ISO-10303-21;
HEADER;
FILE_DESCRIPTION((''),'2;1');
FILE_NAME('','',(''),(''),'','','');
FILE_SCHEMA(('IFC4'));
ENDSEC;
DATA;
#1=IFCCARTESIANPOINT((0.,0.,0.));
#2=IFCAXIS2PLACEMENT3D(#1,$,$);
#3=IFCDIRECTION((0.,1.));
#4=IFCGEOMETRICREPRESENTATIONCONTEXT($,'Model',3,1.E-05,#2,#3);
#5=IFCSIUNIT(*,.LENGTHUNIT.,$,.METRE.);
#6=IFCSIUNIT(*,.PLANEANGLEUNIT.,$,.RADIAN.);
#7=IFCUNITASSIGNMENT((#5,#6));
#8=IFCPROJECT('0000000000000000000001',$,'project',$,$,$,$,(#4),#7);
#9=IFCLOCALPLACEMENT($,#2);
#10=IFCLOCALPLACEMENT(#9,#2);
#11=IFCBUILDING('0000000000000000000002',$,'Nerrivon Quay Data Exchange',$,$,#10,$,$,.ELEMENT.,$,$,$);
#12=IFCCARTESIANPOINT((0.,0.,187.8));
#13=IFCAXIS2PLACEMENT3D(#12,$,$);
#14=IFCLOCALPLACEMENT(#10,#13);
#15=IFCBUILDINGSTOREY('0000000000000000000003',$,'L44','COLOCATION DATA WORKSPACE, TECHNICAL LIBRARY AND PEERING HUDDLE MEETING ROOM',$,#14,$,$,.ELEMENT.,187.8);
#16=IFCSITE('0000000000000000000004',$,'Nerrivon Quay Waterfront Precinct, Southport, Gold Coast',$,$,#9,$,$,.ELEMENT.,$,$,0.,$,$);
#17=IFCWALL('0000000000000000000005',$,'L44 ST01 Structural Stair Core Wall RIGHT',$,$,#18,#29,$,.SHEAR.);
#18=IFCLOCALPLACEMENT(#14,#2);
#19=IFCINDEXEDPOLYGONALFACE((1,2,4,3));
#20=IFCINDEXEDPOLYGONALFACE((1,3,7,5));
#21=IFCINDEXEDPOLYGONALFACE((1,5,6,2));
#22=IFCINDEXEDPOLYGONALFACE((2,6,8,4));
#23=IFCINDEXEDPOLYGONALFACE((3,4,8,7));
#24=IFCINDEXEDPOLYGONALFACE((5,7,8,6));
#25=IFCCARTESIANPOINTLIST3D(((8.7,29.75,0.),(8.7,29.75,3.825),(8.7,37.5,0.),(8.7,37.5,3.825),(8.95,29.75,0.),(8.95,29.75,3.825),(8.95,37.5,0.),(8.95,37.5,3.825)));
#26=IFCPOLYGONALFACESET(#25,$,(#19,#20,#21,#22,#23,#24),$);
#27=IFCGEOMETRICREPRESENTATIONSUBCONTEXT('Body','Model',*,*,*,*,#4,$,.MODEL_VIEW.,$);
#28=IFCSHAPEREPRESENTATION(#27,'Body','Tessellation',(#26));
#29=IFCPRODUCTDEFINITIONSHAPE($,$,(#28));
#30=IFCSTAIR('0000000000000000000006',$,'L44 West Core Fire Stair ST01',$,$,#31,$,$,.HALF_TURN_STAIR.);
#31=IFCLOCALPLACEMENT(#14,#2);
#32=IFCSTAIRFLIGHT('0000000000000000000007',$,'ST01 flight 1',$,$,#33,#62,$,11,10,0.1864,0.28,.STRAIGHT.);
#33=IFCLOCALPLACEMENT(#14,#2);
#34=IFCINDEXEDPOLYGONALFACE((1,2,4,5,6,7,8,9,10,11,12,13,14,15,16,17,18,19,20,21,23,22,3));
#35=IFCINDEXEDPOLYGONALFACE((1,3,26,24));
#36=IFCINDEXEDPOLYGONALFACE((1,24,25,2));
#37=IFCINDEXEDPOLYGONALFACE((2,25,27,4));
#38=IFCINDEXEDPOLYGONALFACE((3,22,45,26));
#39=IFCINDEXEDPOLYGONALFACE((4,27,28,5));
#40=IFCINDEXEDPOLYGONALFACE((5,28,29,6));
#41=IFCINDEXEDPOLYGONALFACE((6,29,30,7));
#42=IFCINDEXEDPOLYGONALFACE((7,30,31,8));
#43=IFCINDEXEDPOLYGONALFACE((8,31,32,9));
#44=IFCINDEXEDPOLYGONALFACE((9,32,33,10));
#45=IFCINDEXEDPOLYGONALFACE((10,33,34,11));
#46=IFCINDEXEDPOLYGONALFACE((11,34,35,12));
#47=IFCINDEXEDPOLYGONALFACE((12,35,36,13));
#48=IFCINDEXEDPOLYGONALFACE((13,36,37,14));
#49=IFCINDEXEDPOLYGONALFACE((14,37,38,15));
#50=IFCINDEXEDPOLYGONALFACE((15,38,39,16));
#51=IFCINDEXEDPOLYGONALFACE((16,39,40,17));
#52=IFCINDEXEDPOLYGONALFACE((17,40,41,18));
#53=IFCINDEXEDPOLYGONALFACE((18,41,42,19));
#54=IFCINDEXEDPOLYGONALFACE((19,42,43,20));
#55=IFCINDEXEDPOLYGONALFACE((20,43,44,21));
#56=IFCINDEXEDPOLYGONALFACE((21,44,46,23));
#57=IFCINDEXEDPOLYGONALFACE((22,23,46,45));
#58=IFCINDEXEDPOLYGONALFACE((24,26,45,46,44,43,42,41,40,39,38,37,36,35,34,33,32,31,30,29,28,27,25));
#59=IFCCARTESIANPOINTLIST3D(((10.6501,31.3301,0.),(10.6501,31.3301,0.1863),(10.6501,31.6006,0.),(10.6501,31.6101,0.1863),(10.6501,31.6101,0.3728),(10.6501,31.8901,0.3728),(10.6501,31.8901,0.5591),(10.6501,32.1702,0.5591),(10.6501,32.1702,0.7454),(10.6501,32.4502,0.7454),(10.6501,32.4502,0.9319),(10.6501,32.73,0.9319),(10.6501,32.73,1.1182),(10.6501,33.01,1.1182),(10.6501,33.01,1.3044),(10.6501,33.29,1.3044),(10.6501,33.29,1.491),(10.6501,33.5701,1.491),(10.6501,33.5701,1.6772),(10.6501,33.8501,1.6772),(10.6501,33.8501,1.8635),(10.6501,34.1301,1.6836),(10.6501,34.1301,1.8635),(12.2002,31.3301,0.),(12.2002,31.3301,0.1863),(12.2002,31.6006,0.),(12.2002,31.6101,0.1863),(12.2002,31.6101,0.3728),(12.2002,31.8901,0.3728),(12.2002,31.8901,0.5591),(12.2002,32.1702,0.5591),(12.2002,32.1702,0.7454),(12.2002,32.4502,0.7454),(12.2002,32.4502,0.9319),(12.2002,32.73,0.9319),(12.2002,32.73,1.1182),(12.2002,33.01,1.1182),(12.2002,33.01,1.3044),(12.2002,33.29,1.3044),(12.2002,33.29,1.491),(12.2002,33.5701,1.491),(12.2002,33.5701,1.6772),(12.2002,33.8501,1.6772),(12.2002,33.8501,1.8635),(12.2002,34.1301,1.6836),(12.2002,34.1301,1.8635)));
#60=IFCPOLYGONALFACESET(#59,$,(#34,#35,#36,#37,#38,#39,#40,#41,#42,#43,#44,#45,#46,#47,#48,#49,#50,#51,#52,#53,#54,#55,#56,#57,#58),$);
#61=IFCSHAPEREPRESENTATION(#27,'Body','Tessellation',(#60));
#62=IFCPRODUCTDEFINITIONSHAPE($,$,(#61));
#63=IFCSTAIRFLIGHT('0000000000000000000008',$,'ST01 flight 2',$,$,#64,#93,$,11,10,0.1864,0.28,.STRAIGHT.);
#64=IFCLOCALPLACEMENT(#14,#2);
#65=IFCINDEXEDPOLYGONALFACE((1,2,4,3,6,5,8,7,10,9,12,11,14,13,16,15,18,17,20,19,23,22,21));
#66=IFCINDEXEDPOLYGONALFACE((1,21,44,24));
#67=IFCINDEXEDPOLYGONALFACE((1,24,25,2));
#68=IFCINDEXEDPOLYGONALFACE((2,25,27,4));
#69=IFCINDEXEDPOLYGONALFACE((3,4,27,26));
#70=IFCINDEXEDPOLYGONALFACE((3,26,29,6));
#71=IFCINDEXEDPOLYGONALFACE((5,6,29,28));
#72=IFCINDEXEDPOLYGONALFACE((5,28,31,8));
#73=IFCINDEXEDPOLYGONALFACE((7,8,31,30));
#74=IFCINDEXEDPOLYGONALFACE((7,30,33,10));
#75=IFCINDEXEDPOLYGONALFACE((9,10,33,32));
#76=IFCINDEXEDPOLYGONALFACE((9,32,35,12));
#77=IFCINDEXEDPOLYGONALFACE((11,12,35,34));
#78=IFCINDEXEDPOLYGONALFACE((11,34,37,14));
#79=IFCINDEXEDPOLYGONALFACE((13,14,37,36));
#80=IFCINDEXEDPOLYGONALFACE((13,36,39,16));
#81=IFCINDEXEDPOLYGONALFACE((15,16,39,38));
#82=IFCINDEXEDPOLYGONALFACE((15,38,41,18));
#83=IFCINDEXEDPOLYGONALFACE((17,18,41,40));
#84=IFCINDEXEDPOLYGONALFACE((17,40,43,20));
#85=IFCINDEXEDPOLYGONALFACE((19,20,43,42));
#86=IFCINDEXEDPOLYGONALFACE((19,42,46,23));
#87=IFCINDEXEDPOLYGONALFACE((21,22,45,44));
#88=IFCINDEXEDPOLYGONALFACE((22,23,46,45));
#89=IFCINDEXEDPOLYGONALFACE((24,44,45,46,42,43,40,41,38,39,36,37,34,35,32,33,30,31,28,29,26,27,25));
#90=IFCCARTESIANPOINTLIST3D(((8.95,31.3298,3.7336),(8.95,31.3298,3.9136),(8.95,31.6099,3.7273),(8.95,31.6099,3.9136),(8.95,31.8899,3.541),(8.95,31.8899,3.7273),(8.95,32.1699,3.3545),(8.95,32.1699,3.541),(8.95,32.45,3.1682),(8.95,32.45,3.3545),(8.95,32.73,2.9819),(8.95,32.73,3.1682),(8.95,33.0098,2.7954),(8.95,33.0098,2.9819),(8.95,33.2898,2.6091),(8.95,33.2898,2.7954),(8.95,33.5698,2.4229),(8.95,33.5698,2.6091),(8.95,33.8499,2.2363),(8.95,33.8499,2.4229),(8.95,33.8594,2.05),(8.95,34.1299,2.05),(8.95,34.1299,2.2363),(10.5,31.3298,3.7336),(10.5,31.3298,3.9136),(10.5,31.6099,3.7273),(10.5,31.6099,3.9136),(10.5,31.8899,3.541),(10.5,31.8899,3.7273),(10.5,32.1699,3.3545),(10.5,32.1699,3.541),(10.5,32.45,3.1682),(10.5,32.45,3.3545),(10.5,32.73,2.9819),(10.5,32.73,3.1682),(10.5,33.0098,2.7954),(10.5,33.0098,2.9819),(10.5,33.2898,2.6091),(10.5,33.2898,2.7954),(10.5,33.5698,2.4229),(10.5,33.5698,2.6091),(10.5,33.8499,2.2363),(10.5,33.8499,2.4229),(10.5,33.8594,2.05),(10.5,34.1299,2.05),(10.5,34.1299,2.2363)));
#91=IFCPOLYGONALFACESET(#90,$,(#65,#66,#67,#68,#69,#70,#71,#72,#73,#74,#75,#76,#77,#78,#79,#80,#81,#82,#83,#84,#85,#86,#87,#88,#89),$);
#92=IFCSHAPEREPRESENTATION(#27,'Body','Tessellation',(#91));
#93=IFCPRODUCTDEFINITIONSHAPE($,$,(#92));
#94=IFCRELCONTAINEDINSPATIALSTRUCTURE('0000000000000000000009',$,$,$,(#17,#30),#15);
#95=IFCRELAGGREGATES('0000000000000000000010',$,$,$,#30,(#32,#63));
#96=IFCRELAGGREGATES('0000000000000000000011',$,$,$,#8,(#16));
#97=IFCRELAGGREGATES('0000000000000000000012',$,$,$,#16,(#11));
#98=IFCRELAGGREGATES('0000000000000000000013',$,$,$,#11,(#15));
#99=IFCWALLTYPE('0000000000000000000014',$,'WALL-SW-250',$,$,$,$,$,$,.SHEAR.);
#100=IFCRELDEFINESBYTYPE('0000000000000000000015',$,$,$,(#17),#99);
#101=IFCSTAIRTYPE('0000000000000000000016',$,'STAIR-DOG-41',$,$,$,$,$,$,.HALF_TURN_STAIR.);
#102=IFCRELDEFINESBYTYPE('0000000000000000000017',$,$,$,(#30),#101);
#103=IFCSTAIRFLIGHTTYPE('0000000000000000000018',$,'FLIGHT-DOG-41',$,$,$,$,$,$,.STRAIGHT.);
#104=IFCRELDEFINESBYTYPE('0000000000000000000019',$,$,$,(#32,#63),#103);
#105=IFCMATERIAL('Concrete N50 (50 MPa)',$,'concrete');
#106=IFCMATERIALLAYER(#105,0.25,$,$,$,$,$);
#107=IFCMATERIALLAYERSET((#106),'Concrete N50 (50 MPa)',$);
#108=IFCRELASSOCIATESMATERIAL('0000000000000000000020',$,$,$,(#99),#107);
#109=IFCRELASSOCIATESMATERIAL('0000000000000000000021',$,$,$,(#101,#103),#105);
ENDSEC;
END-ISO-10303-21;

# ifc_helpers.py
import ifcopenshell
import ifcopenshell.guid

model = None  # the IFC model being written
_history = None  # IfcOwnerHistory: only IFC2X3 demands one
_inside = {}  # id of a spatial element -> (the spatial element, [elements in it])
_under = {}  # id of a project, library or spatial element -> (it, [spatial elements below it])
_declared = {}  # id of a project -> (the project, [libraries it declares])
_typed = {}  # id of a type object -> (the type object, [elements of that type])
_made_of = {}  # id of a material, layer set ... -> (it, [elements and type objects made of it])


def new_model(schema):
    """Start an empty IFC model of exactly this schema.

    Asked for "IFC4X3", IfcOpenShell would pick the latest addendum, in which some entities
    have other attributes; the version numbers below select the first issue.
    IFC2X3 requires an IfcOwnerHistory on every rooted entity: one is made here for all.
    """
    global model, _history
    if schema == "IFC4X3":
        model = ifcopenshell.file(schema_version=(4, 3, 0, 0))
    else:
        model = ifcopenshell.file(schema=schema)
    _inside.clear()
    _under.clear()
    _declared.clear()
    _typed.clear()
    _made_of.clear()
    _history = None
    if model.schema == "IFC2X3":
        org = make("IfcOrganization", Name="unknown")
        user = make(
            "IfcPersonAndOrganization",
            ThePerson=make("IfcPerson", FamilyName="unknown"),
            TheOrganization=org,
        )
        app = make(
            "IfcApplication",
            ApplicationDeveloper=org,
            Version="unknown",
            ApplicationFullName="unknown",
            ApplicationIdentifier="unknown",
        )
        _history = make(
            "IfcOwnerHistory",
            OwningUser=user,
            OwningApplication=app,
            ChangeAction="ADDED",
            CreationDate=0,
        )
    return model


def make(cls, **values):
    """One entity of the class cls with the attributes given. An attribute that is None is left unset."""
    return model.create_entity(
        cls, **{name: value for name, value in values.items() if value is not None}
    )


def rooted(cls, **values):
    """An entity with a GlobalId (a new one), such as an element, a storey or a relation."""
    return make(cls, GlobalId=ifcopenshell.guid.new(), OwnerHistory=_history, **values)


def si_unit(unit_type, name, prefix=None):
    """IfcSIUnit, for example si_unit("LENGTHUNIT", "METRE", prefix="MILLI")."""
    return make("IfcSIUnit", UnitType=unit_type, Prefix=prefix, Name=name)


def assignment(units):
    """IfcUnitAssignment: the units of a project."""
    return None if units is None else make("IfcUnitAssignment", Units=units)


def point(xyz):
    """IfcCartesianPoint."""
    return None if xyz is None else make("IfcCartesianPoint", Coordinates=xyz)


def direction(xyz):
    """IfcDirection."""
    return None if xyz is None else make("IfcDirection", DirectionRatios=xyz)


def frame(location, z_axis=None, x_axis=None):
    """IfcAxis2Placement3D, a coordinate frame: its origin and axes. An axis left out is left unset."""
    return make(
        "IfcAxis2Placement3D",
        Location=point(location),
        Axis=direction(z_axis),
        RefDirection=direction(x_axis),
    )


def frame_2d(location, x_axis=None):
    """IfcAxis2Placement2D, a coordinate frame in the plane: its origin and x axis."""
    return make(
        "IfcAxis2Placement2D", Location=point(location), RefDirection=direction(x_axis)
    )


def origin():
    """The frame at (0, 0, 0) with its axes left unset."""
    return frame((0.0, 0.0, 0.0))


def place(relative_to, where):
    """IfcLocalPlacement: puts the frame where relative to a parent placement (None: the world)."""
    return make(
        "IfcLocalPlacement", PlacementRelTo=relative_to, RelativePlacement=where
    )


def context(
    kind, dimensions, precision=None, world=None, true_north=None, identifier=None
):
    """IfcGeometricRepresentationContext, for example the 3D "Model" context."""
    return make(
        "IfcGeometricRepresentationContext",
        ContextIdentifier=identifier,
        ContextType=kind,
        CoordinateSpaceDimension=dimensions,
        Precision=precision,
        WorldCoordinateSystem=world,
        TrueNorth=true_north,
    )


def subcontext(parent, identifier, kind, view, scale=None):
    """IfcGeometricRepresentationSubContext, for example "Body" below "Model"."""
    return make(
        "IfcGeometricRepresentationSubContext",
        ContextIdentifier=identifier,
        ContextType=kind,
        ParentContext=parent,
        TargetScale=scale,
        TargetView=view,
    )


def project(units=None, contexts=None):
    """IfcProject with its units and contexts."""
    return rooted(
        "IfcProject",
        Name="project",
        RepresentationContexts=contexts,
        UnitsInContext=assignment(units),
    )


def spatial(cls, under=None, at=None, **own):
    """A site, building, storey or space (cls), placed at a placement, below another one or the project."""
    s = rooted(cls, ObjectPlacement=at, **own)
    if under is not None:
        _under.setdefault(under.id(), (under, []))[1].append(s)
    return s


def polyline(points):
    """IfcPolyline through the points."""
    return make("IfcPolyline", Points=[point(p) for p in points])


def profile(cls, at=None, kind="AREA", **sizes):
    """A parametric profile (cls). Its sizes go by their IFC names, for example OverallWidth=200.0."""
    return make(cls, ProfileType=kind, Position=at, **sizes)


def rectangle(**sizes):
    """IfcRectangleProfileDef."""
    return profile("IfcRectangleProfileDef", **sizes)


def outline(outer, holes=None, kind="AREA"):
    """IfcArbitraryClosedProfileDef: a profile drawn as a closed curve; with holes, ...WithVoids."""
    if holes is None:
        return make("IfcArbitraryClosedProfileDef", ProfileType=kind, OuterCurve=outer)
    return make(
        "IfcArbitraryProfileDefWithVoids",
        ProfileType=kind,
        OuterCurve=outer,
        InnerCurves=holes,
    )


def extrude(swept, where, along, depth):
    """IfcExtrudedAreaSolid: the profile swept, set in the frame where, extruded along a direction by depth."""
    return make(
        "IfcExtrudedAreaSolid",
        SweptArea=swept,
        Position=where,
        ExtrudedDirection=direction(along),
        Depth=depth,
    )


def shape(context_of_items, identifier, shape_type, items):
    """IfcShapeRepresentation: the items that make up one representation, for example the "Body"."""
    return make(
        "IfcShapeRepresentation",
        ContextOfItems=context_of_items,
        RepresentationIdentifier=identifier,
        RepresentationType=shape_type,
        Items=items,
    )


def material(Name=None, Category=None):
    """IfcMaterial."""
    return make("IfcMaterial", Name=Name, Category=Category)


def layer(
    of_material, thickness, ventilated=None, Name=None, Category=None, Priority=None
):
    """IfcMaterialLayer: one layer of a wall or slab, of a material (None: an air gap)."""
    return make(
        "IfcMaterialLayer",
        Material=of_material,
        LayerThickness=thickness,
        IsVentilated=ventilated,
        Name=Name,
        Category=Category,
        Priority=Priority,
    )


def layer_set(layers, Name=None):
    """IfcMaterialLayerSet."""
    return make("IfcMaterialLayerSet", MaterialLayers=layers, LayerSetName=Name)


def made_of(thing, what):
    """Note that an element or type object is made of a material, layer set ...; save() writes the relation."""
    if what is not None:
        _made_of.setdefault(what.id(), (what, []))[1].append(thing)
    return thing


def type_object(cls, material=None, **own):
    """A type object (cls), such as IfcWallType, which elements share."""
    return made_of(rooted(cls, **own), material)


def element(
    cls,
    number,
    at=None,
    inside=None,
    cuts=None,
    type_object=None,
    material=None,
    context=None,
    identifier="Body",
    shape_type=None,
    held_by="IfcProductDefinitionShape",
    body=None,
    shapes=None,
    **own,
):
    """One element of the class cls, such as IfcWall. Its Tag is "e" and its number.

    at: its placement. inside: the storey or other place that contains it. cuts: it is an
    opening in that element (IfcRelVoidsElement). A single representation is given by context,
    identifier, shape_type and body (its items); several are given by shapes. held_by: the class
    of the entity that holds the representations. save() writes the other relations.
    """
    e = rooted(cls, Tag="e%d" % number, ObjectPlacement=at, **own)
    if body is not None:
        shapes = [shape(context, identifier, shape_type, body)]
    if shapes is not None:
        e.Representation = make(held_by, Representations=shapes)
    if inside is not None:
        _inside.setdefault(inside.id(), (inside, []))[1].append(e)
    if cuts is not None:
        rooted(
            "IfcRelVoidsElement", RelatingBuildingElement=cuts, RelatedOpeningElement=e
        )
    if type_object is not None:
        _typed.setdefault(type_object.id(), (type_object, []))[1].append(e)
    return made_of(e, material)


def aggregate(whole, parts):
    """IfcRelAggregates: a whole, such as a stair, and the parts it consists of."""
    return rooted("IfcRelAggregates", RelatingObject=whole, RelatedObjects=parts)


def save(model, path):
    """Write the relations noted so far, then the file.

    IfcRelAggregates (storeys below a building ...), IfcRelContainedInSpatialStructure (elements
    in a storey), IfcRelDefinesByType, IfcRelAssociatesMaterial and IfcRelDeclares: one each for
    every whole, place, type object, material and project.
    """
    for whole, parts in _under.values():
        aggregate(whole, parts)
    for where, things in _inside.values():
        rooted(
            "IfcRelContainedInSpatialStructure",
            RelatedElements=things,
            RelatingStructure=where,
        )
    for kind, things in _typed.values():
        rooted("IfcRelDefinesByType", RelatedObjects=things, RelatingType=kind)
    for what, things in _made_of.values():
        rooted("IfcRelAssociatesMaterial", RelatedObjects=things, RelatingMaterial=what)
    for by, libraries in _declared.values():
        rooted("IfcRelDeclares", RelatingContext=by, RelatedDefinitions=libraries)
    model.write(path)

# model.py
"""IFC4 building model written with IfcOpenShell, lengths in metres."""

from ifc_helpers import new_model, si_unit, direction, frame, frame_2d, origin, place, context, subcontext, project, spatial, polyline, rectangle, outline, extrude, material, layer, layer_set, type_object, element, aggregate, save


model = new_model("IFC4")

# Units and contexts
model_context = context("Model", 3, precision=1e-05, world=origin(), true_north=direction((0.0, 1.0)))
body_context = subcontext(model_context, "Body", "Model", "MODEL_VIEW")
ifc_project = project(units=[si_unit("LENGTHUNIT", "METRE"), si_unit("PLANEANGLEUNIT", "RADIAN")], contexts=[model_context])

# Site, building, storey
site_placement = place(None, origin())
site = spatial("IfcSite", under=ifc_project, at=site_placement, Name="Nerrivon Quay Waterfront Precinct, Southport, Gold Coast", CompositionType="ELEMENT", RefElevation=0.0)
building_placement = place(site_placement, origin())
building = spatial("IfcBuilding", under=site, at=building_placement, Name="Nerrivon Quay Data Exchange", CompositionType="ELEMENT")
storey_placement = place(building_placement, frame((0.0, 0.0, 187.8)))
storey = spatial("IfcBuildingStorey", under=building, at=storey_placement, Name="L44", Description="COLOCATION DATA WORKSPACE, TECHNICAL LIBRARY AND PEERING HUDDLE MEETING ROOM", CompositionType="ELEMENT", Elevation=187.8)

# Shared definitions
ifc_material_1 = material(Name="Concrete N50 (50 MPa)", Category="concrete")
ifc_layer_1 = layer(ifc_material_1, 0.25)
ifc_layer_set_1 = layer_set([ifc_layer_1], Name="Concrete N50 (50 MPa)")
wall_type_1 = type_object("IfcWallType", Name="WALL-SW-250", PredefinedType="SHEAR", material=ifc_layer_set_1)

# Wall
wall_1_placement = place(storey_placement, frame((8.825, 29.75, 0.0), z_axis=(0.0, 0.0, 1.0), x_axis=(0.0, 1.0, 0.0)))
element("IfcWall", 1, at=wall_1_placement, inside=storey, type_object=wall_type_1, Name="L44 ST01 Structural Stair Core Wall RIGHT", PredefinedType="SHEAR", context=body_context, shape_type="SweptSolid", body=[
    extrude(rectangle(XDim=7.75, YDim=0.25, at=frame_2d((3.875, 0.0))), origin(), (0.0, 0.0, 1.0), 3.825),
])

# Stair, stair flights
stair_type = type_object("IfcStairType", Name="STAIR-DOG-41", PredefinedType="HALF_TURN_STAIR", material=ifc_material_1)
stair_placement = place(storey_placement, origin())
stair = element("IfcStair", 2, at=stair_placement, inside=storey, type_object=stair_type, Name="L44 West Core Fire Stair ST01", PredefinedType="HALF_TURN_STAIR")
stair_flight_type = type_object("IfcStairFlightType", Name="FLIGHT-DOG-41", PredefinedType="STRAIGHT", material=ifc_material_1)
stair_flight_1_placement = place(storey_placement, frame((11.425, 31.3301, 0.0), z_axis=(0.0, 0.0, 1.0), x_axis=(0.0, 1.0, 0.0)))
stair_flight_1 = element("IfcStairFlight", 3, at=stair_flight_1_placement, type_object=stair_flight_type, Name="ST01 flight 1", NumberOfRisers=11, NumberOfTreads=10, PredefinedType="STRAIGHT", RiserHeight=0.1864, TreadLength=0.28, context=body_context, shape_type="SweptSolid", body=[
    extrude(outline(polyline([(0.0, 0.0), (0.0, 0.1863), (0.28, 0.1863), (0.28, 0.3728), (0.5601, 0.3728), (0.5601, 0.5591), (0.8401, 0.5591), (0.8401, 0.7454), (1.1201, 0.7454), (1.1201, 0.9319), (1.3999, 0.9319), (1.3999, 1.1182), (1.6799, 1.1182), (1.6799, 1.3044), (1.96, 1.3044), (1.96, 1.491), (2.24, 1.491), (2.24, 1.6772), (2.52, 1.6772), (2.52, 1.8635), (2.8, 1.8635), (2.8, 2.05), (2.8, 1.6836), (0.2705, 0.0), (0.0, 0.0)])), frame((0.0, 0.7749, 0.0), z_axis=(0.0, -1.0, 0.0), x_axis=(1.0, 0.0, 0.0)), (0.0, 0.0, 1.0), 1.55),
])
stair_flight_2_placement = place(storey_placement, frame((9.7251, 34.1299, 2.05), z_axis=(0.0, 0.0, 1.0), x_axis=(0.0, -1.0, 0.0)))
stair_flight_2 = element("IfcStairFlight", 4, at=stair_flight_2_placement, type_object=stair_flight_type, Name="ST01 flight 2", NumberOfRisers=11, NumberOfTreads=10, PredefinedType="STRAIGHT", RiserHeight=0.1864, TreadLength=0.28, context=body_context, shape_type="SweptSolid", body=[
    extrude(outline(polyline([(0.0, 0.0), (0.0, 0.1863), (0.28, 0.1863), (0.28, 0.3728), (0.5601, 0.3728), (0.5601, 0.5591), (0.8401, 0.5591), (0.8401, 0.7454), (1.1201, 0.7454), (1.1201, 0.9319), (1.3999, 0.9319), (1.3999, 1.1182), (1.6799, 1.1182), (1.6799, 1.3044), (1.96, 1.3044), (1.96, 1.491), (2.24, 1.491), (2.24, 1.6772), (2.52, 1.6772), (2.52, 1.8635), (2.8, 1.8635), (2.8, 2.05), (2.8, 1.6836), (0.2705, 0.0), (0.0, 0.0)])), frame((0.0, 0.7749, 0.0), z_axis=(0.0, -1.0, 0.0), x_axis=(1.0, 0.0, 0.0)), (0.0, 0.0, 1.0), 1.55),
])
aggregate(stair, [stair_flight_1, stair_flight_2])

save(model, "model.ifc")
